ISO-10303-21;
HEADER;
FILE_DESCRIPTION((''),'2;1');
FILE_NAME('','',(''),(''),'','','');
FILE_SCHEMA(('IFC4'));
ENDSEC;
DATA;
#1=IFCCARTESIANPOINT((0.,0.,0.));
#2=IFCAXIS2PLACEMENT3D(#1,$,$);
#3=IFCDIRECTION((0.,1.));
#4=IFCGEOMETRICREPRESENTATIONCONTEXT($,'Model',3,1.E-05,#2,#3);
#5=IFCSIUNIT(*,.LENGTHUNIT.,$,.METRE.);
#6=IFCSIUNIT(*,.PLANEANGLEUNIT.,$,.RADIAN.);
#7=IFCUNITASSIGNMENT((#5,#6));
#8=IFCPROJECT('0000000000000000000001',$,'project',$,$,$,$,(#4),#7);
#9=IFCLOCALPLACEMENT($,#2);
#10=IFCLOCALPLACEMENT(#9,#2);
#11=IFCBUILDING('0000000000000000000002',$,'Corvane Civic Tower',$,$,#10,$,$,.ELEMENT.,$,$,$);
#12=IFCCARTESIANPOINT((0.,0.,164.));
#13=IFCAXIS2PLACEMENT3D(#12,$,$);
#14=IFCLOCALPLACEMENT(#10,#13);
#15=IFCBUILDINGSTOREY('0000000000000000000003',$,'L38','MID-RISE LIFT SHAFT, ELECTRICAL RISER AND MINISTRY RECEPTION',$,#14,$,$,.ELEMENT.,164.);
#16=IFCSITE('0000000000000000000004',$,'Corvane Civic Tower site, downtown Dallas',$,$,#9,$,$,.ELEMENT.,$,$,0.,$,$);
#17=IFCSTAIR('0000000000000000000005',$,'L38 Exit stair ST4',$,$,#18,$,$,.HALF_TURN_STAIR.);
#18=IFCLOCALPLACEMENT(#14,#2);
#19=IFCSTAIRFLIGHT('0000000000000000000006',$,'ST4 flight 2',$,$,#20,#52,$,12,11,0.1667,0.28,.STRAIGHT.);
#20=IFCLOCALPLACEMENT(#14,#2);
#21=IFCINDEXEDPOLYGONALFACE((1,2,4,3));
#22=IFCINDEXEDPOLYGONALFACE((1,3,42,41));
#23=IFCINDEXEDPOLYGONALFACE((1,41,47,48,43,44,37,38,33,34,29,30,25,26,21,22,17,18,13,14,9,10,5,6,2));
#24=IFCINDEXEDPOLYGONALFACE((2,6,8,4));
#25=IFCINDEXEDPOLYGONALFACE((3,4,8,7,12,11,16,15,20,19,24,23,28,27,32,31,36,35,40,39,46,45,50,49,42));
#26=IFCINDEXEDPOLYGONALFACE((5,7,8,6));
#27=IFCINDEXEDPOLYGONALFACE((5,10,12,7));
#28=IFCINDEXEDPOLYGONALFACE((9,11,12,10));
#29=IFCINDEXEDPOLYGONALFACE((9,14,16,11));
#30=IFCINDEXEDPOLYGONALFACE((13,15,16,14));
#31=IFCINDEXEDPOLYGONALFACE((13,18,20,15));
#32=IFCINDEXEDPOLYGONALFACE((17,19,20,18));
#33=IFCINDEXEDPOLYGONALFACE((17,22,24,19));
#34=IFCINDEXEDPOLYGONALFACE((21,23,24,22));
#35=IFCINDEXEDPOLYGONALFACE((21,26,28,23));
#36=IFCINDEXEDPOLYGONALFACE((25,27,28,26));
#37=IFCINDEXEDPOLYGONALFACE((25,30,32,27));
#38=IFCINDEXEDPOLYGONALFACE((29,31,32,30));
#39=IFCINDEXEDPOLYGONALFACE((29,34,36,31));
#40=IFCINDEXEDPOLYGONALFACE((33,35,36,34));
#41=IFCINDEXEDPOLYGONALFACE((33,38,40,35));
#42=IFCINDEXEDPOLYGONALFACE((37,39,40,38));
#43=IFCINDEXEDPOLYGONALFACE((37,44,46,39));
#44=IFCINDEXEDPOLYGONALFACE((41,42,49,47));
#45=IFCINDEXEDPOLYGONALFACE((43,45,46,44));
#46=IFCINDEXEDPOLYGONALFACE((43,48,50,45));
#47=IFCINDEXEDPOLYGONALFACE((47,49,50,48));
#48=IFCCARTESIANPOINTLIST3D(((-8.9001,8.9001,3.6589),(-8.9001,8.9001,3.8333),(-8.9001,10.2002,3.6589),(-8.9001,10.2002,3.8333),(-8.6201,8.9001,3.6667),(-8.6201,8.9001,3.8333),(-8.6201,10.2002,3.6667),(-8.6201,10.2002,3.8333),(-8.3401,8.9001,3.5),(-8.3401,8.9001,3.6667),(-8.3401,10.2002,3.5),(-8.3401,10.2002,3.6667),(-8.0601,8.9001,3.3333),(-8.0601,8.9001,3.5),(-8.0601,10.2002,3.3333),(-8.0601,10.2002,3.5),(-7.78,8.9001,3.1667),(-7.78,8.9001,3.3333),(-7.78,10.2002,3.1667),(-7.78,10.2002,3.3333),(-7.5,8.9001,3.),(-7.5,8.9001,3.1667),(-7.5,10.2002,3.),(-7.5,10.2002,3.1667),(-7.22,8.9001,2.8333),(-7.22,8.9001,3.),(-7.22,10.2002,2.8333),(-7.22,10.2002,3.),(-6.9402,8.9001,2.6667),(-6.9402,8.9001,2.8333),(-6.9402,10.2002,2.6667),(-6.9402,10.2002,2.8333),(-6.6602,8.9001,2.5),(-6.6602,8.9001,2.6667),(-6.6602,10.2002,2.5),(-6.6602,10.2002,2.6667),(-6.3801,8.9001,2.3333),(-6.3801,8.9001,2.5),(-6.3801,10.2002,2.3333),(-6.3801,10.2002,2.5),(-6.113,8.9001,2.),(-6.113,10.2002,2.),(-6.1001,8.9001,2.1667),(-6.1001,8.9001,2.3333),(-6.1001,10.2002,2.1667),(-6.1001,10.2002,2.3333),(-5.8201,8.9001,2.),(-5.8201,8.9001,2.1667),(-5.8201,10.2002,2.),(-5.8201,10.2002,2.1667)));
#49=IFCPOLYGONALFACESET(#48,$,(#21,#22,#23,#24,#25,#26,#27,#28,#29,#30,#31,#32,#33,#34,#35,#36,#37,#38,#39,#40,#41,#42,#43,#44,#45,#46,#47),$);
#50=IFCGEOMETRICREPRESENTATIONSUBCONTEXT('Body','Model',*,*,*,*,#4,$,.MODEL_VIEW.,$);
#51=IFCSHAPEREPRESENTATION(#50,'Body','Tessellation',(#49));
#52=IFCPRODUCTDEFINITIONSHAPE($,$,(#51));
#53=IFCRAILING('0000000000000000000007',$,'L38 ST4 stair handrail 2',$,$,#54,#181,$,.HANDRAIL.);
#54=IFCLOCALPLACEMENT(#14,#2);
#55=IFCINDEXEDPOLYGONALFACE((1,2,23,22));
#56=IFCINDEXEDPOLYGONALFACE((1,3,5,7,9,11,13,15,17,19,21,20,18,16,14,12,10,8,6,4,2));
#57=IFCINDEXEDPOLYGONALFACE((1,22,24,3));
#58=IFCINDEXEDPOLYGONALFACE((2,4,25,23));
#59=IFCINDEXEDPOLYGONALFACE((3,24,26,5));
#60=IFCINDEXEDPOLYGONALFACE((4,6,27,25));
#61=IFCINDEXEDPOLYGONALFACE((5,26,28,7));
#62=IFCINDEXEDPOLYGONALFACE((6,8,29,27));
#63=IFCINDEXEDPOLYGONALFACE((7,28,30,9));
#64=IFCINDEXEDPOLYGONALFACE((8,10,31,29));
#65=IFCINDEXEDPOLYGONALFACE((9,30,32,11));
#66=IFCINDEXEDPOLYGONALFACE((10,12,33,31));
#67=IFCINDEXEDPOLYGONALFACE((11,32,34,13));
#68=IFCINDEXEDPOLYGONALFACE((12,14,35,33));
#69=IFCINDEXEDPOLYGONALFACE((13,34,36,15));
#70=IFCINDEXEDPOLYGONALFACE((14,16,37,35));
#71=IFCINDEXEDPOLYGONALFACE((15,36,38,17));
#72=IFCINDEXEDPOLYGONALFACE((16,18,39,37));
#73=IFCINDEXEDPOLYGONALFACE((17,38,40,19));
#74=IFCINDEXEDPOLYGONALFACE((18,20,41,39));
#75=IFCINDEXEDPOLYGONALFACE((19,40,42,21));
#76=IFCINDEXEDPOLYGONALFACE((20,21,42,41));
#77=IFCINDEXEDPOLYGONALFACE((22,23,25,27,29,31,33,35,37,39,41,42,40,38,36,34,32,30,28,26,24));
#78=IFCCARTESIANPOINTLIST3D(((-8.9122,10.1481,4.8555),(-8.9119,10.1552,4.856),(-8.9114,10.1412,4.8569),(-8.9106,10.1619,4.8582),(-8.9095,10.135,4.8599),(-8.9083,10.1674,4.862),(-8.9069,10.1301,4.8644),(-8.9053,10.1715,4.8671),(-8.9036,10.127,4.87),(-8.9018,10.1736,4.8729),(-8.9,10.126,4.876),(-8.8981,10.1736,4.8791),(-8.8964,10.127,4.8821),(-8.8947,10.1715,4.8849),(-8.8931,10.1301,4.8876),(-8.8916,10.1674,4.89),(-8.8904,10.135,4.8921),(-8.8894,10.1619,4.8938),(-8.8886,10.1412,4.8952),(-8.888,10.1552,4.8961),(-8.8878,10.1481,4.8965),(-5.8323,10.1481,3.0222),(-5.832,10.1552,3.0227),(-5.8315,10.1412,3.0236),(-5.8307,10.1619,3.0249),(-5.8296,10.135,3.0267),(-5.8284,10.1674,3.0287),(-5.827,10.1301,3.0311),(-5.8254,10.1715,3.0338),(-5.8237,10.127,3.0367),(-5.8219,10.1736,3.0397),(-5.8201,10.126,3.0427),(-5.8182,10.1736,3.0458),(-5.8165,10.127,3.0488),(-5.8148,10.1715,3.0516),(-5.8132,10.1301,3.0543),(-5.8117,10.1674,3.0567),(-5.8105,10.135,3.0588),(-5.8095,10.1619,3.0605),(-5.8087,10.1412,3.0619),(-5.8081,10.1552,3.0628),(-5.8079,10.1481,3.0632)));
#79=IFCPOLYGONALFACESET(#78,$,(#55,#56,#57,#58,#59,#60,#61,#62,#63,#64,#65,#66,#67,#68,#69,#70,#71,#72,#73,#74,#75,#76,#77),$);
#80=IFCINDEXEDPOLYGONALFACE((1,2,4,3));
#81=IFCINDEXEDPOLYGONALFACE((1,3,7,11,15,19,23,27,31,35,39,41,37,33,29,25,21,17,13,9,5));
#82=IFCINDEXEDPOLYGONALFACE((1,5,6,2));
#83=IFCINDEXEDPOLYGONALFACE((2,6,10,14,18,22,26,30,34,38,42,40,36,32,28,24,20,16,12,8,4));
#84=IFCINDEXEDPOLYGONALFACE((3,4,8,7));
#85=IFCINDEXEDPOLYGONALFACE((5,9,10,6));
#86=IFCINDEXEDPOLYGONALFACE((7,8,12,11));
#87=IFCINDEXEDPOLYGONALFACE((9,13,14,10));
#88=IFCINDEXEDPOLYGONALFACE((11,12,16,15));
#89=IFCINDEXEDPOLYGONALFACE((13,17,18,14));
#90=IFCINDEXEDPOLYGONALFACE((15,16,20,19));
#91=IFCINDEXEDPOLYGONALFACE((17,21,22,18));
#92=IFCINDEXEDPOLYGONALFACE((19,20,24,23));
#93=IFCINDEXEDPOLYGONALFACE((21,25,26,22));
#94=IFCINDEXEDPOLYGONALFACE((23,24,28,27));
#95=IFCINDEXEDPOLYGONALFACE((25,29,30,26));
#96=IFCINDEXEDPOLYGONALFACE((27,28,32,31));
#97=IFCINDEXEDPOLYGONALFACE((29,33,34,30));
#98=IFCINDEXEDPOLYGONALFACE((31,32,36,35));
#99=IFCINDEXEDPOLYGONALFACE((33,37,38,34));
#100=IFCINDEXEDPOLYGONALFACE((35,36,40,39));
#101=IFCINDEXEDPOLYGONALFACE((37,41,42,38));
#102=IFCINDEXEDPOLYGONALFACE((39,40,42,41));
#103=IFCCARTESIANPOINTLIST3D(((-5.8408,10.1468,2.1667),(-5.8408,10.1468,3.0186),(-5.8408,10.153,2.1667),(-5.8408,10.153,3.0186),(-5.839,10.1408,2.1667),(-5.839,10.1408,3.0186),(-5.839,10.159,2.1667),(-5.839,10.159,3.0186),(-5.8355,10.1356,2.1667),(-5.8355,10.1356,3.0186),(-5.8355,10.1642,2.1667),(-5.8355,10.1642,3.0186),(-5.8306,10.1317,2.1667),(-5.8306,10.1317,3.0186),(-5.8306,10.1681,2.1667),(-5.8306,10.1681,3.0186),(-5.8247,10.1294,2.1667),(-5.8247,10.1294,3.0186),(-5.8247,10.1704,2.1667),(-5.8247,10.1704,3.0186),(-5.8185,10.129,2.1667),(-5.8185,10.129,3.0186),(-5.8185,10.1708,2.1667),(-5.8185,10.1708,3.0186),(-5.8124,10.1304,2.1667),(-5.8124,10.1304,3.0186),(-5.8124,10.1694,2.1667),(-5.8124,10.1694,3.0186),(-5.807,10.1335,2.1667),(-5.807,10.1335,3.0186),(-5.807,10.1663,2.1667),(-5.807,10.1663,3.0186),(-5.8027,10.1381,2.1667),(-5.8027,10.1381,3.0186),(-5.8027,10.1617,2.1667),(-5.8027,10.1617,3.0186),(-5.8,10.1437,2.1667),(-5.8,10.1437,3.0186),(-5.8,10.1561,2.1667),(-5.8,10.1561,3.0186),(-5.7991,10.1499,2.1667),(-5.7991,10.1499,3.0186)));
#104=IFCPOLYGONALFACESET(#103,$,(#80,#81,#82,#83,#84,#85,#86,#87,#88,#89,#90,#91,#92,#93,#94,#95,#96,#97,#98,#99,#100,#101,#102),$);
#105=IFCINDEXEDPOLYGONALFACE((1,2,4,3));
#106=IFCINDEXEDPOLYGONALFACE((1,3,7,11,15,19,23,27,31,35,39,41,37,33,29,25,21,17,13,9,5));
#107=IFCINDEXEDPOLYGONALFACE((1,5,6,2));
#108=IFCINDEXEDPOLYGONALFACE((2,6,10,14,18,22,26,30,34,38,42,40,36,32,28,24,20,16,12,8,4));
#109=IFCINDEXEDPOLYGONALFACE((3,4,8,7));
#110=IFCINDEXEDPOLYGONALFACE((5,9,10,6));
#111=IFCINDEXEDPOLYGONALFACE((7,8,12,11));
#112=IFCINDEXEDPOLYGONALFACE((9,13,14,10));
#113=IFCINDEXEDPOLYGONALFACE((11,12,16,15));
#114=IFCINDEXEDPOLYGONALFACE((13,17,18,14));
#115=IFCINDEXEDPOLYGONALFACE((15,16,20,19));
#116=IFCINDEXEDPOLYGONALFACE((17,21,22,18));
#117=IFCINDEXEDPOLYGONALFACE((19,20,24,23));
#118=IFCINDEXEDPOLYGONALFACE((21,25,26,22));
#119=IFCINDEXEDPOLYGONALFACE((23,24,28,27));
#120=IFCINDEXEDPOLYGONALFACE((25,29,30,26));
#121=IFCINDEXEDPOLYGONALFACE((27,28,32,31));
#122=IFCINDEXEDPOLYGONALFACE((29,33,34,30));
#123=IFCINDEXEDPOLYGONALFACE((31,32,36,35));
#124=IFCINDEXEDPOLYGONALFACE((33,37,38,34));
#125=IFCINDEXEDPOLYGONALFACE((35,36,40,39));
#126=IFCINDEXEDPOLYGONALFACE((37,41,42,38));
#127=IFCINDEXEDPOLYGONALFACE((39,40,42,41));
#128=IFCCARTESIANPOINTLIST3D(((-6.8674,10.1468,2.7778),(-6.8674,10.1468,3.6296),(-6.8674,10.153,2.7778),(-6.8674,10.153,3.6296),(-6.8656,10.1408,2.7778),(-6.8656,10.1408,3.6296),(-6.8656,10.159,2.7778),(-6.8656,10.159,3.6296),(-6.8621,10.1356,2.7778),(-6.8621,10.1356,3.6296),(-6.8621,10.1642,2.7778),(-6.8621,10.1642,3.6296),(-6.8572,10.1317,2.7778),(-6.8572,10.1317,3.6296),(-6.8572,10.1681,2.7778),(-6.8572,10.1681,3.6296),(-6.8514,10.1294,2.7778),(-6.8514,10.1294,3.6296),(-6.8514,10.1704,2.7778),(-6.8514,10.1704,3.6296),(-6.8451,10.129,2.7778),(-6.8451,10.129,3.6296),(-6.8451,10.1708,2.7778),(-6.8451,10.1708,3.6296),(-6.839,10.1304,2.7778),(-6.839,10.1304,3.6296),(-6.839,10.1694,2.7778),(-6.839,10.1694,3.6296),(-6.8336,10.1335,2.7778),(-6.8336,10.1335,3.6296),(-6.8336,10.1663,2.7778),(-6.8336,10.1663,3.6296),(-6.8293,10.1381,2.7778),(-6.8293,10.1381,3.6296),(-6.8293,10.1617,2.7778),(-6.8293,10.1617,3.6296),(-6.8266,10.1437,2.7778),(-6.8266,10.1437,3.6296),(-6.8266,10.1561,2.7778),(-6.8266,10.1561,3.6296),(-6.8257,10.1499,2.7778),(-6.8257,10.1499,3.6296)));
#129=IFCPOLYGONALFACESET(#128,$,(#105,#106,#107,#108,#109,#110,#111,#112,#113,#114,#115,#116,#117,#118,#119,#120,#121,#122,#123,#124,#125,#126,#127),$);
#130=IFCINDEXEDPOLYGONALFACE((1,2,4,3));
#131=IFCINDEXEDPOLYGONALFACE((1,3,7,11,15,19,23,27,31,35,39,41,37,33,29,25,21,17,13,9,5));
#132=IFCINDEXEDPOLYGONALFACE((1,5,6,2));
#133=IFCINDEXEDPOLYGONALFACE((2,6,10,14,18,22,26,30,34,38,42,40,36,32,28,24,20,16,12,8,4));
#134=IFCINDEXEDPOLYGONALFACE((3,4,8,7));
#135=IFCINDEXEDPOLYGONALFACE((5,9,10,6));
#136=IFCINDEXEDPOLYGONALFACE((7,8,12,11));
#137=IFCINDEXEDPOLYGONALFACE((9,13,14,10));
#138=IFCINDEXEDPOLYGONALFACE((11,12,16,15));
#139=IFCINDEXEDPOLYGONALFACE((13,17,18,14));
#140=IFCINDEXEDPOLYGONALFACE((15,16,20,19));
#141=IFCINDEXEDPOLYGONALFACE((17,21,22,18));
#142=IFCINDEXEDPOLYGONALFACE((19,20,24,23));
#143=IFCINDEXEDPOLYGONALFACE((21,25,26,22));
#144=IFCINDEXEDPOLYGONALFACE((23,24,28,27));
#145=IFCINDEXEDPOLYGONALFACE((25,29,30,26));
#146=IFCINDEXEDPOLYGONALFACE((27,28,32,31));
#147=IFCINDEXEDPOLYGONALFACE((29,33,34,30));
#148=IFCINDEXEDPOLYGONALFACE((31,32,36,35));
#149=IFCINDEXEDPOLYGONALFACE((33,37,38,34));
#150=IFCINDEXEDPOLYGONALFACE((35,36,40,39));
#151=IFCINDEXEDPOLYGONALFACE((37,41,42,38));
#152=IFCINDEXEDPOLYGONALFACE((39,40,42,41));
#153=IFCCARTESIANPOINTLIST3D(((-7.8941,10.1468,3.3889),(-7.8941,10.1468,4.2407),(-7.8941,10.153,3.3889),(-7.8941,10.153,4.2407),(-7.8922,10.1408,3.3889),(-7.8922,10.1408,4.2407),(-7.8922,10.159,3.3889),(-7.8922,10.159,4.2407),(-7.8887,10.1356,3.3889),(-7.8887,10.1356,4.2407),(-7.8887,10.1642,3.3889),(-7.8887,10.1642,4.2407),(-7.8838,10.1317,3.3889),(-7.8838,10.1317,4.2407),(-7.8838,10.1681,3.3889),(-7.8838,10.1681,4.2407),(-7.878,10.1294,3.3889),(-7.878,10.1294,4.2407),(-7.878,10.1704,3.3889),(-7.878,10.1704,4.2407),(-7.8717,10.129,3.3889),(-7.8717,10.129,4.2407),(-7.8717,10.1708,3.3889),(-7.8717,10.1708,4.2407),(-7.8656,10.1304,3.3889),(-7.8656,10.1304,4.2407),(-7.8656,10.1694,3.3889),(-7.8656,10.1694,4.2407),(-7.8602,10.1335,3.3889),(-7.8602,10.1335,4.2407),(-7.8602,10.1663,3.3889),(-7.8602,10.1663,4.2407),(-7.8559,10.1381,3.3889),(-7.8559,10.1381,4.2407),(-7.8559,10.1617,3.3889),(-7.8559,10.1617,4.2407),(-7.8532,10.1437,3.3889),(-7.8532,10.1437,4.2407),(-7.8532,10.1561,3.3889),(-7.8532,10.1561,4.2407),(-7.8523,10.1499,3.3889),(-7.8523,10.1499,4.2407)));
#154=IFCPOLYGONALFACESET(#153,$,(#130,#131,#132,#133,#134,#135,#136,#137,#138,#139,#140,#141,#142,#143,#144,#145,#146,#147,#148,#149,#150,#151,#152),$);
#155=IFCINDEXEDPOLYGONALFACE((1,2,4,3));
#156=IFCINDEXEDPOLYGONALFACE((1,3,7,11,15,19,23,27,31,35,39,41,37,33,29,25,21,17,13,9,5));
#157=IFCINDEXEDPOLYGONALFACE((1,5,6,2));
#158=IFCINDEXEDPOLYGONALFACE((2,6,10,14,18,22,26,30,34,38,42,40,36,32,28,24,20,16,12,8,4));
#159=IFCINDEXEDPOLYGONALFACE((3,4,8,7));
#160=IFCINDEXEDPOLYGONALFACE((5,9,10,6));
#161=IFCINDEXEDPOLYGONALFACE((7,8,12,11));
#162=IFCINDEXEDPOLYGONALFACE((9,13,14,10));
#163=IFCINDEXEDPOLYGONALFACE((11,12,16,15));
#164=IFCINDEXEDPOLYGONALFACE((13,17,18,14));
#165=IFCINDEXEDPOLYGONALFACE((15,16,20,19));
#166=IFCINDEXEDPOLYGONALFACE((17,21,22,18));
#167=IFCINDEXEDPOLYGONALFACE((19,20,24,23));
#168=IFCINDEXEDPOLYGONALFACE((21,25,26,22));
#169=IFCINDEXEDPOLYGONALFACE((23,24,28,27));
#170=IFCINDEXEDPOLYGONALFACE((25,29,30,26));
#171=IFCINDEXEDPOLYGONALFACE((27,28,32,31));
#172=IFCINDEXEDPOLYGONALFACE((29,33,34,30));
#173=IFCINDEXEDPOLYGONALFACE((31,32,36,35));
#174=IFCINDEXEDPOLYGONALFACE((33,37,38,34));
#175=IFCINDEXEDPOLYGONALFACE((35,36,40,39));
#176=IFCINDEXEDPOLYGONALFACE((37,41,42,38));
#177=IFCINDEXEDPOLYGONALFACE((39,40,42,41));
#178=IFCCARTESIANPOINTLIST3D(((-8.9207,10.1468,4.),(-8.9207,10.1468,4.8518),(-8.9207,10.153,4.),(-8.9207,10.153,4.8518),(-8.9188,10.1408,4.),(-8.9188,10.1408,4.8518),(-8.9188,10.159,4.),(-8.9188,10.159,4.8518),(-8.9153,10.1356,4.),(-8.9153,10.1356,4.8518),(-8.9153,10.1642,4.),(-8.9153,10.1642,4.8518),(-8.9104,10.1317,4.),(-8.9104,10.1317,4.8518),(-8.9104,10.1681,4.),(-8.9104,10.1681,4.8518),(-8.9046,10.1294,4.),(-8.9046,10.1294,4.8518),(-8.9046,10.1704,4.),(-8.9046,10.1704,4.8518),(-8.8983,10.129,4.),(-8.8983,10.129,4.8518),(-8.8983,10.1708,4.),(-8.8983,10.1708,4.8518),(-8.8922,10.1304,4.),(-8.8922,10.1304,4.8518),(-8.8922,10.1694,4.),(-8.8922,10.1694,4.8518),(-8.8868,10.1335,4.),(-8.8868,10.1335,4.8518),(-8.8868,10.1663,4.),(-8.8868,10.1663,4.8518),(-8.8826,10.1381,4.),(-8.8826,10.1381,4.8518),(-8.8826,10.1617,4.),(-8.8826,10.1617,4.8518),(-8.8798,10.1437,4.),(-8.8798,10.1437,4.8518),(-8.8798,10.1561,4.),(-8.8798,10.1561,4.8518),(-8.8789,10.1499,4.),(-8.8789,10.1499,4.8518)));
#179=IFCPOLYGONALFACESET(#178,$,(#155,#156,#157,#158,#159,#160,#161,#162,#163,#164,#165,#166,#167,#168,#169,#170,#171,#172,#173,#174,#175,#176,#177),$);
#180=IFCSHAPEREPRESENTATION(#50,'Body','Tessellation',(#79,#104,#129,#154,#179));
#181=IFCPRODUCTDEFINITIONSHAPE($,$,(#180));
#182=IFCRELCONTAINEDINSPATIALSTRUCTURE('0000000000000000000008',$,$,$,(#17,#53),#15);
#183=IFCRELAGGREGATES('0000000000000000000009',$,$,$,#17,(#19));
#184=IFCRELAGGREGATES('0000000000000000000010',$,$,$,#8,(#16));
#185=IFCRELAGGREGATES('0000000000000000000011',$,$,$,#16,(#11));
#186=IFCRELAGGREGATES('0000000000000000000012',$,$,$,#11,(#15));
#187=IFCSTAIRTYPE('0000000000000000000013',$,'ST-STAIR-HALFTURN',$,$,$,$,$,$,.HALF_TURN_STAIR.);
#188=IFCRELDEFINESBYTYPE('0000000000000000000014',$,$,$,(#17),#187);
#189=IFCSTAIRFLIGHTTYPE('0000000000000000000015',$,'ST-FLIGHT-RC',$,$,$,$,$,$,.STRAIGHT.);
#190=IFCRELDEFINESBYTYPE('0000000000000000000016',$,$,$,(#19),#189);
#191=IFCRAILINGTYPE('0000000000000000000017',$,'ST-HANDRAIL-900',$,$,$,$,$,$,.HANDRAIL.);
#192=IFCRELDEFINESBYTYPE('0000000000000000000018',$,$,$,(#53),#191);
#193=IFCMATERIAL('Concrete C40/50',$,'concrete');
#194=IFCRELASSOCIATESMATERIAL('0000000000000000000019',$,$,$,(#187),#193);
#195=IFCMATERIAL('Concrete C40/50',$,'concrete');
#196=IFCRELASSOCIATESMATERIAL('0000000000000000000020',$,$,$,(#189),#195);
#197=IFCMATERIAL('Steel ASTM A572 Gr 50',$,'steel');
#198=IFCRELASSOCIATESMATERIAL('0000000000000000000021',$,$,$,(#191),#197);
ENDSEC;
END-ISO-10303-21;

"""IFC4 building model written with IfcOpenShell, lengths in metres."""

from ifc_helpers import new_model, si_unit, direction, frame, origin, origin_2d, place, context, subcontext, project, spatial, polyline, circle, outline, extrude, material, type_object, element, aggregate, save


model = new_model("IFC4")

# Units and contexts
model_context = context("Model", 3, precision=1e-05, world=origin(), true_north=direction((0.0, 1.0)))
body_context = subcontext(model_context, "Body", "Model", "MODEL_VIEW")
ifc_project = project(units=[si_unit("LENGTHUNIT", "METRE"), si_unit("PLANEANGLEUNIT", "RADIAN")], contexts=[model_context])

# Site, building, storey
site_placement = place(None, origin())
site = spatial("IfcSite", under=ifc_project, at=site_placement, Name="Corvane Civic Tower site, downtown Dallas", CompositionType="ELEMENT", RefElevation=0.0)
building_placement = place(site_placement, origin())
building = spatial("IfcBuilding", under=site, at=building_placement, Name="Corvane Civic Tower", CompositionType="ELEMENT")
storey_placement = place(building_placement, frame((0.0, 0.0, 164.0)))
storey = spatial("IfcBuildingStorey", under=building, at=storey_placement, Name="L38", Description="MID-RISE LIFT SHAFT, ELECTRICAL RISER AND MINISTRY RECEPTION", CompositionType="ELEMENT", Elevation=164.0)

# Stair, stair flight
ifc_material_1 = material(Name="Concrete C40/50", Category="concrete")
stair_type = type_object("IfcStairType", Name="ST-STAIR-HALFTURN", PredefinedType="HALF_TURN_STAIR", material=ifc_material_1)
stair_placement = place(storey_placement, origin())
stair = element("IfcStair", 1, at=stair_placement, inside=storey, type_object=stair_type, Name="L38 Exit stair ST4", PredefinedType="HALF_TURN_STAIR")
ifc_material_2 = material(Name="Concrete C40/50", Category="concrete")
stair_flight_type = type_object("IfcStairFlightType", Name="ST-FLIGHT-RC", PredefinedType="STRAIGHT", material=ifc_material_2)
stair_flight_1_placement = place(storey_placement, frame((-5.8201, 9.55, 2.0), z_axis=(0.0, 0.0, 1.0), x_axis=(-1.0, 0.0, 0.0)))
stair_flight_1 = element("IfcStairFlight", 2, at=stair_flight_1_placement, type_object=stair_flight_type, Name="ST4 flight 2", NumberOfRisers=12, NumberOfTreads=11, PredefinedType="STRAIGHT", RiserHeight=0.1667, TreadLength=0.28, context=body_context, shape_type="SweptSolid", body=[
    extrude(outline(polyline([(0.0, 0.0), (0.0, 0.1667), (0.28, 0.1667), (0.28, 0.3333), (0.5601, 0.3333), (0.5601, 0.5), (0.8401, 0.5), (0.8401, 0.6667), (1.1201, 0.6667), (1.1201, 0.8333), (1.3999, 0.8333), (1.3999, 1.0), (1.6799, 1.0), (1.6799, 1.1667), (1.96, 1.1667), (1.96, 1.3333), (2.24, 1.3333), (2.24, 1.5), (2.52, 1.5), (2.52, 1.6667), (2.8, 1.6667), (2.8, 1.8333), (3.0801, 1.8333), (3.0801, 2.0), (3.0801, 1.6589), (0.293, 0.0), (0.0, 0.0)])), frame((0.0, 0.6499, 0.0), z_axis=(0.0, -1.0, 0.0), x_axis=(1.0, 0.0, 0.0)), (0.0, 0.0, 1.0), 1.3),
])
aggregate(stair, [stair_flight_1])

# Railing
ifc_material_3 = material(Name="Steel ASTM A572 Gr 50", Category="steel")
railing_type = type_object("IfcRailingType", Name="ST-HANDRAIL-900", PredefinedType="HANDRAIL", material=ifc_material_3)
railing_placement = place(storey_placement, frame((-5.8201, 10.1499, 2.1667)))
element("IfcRailing", 3, at=railing_placement, inside=storey, type_object=railing_type, Name="L38 ST4 stair handrail 2", PredefinedType="HANDRAIL", context=body_context, shape_type="SweptSolid", body=[
    extrude(circle(Radius=0.0239, at=origin_2d()), frame((0.0, 0.0, 0.876), z_axis=(-0.859291, 0.0, 0.511487), x_axis=(0.0, -1.0, 0.0)), (0.0, 0.0, 1.0), 3.5842),
    extrude(circle(Radius=0.021, at=origin_2d()), origin(), (0.0, 0.0, 1.0), 0.8518),
    extrude(circle(Radius=0.021, at=origin_2d()), frame((-1.0266, 0.0, 0.6111)), (0.0, 0.0, 1.0), 0.8518),
    extrude(circle(Radius=0.021, at=origin_2d()), frame((-2.0532, 0.0, 1.2222)), (0.0, 0.0, 1.0), 0.8518),
    extrude(circle(Radius=0.021, at=origin_2d()), frame((-3.0798, 0.0, 1.8333)), (0.0, 0.0, 1.0), 0.8518),
])

save(model, "model.ifc")
